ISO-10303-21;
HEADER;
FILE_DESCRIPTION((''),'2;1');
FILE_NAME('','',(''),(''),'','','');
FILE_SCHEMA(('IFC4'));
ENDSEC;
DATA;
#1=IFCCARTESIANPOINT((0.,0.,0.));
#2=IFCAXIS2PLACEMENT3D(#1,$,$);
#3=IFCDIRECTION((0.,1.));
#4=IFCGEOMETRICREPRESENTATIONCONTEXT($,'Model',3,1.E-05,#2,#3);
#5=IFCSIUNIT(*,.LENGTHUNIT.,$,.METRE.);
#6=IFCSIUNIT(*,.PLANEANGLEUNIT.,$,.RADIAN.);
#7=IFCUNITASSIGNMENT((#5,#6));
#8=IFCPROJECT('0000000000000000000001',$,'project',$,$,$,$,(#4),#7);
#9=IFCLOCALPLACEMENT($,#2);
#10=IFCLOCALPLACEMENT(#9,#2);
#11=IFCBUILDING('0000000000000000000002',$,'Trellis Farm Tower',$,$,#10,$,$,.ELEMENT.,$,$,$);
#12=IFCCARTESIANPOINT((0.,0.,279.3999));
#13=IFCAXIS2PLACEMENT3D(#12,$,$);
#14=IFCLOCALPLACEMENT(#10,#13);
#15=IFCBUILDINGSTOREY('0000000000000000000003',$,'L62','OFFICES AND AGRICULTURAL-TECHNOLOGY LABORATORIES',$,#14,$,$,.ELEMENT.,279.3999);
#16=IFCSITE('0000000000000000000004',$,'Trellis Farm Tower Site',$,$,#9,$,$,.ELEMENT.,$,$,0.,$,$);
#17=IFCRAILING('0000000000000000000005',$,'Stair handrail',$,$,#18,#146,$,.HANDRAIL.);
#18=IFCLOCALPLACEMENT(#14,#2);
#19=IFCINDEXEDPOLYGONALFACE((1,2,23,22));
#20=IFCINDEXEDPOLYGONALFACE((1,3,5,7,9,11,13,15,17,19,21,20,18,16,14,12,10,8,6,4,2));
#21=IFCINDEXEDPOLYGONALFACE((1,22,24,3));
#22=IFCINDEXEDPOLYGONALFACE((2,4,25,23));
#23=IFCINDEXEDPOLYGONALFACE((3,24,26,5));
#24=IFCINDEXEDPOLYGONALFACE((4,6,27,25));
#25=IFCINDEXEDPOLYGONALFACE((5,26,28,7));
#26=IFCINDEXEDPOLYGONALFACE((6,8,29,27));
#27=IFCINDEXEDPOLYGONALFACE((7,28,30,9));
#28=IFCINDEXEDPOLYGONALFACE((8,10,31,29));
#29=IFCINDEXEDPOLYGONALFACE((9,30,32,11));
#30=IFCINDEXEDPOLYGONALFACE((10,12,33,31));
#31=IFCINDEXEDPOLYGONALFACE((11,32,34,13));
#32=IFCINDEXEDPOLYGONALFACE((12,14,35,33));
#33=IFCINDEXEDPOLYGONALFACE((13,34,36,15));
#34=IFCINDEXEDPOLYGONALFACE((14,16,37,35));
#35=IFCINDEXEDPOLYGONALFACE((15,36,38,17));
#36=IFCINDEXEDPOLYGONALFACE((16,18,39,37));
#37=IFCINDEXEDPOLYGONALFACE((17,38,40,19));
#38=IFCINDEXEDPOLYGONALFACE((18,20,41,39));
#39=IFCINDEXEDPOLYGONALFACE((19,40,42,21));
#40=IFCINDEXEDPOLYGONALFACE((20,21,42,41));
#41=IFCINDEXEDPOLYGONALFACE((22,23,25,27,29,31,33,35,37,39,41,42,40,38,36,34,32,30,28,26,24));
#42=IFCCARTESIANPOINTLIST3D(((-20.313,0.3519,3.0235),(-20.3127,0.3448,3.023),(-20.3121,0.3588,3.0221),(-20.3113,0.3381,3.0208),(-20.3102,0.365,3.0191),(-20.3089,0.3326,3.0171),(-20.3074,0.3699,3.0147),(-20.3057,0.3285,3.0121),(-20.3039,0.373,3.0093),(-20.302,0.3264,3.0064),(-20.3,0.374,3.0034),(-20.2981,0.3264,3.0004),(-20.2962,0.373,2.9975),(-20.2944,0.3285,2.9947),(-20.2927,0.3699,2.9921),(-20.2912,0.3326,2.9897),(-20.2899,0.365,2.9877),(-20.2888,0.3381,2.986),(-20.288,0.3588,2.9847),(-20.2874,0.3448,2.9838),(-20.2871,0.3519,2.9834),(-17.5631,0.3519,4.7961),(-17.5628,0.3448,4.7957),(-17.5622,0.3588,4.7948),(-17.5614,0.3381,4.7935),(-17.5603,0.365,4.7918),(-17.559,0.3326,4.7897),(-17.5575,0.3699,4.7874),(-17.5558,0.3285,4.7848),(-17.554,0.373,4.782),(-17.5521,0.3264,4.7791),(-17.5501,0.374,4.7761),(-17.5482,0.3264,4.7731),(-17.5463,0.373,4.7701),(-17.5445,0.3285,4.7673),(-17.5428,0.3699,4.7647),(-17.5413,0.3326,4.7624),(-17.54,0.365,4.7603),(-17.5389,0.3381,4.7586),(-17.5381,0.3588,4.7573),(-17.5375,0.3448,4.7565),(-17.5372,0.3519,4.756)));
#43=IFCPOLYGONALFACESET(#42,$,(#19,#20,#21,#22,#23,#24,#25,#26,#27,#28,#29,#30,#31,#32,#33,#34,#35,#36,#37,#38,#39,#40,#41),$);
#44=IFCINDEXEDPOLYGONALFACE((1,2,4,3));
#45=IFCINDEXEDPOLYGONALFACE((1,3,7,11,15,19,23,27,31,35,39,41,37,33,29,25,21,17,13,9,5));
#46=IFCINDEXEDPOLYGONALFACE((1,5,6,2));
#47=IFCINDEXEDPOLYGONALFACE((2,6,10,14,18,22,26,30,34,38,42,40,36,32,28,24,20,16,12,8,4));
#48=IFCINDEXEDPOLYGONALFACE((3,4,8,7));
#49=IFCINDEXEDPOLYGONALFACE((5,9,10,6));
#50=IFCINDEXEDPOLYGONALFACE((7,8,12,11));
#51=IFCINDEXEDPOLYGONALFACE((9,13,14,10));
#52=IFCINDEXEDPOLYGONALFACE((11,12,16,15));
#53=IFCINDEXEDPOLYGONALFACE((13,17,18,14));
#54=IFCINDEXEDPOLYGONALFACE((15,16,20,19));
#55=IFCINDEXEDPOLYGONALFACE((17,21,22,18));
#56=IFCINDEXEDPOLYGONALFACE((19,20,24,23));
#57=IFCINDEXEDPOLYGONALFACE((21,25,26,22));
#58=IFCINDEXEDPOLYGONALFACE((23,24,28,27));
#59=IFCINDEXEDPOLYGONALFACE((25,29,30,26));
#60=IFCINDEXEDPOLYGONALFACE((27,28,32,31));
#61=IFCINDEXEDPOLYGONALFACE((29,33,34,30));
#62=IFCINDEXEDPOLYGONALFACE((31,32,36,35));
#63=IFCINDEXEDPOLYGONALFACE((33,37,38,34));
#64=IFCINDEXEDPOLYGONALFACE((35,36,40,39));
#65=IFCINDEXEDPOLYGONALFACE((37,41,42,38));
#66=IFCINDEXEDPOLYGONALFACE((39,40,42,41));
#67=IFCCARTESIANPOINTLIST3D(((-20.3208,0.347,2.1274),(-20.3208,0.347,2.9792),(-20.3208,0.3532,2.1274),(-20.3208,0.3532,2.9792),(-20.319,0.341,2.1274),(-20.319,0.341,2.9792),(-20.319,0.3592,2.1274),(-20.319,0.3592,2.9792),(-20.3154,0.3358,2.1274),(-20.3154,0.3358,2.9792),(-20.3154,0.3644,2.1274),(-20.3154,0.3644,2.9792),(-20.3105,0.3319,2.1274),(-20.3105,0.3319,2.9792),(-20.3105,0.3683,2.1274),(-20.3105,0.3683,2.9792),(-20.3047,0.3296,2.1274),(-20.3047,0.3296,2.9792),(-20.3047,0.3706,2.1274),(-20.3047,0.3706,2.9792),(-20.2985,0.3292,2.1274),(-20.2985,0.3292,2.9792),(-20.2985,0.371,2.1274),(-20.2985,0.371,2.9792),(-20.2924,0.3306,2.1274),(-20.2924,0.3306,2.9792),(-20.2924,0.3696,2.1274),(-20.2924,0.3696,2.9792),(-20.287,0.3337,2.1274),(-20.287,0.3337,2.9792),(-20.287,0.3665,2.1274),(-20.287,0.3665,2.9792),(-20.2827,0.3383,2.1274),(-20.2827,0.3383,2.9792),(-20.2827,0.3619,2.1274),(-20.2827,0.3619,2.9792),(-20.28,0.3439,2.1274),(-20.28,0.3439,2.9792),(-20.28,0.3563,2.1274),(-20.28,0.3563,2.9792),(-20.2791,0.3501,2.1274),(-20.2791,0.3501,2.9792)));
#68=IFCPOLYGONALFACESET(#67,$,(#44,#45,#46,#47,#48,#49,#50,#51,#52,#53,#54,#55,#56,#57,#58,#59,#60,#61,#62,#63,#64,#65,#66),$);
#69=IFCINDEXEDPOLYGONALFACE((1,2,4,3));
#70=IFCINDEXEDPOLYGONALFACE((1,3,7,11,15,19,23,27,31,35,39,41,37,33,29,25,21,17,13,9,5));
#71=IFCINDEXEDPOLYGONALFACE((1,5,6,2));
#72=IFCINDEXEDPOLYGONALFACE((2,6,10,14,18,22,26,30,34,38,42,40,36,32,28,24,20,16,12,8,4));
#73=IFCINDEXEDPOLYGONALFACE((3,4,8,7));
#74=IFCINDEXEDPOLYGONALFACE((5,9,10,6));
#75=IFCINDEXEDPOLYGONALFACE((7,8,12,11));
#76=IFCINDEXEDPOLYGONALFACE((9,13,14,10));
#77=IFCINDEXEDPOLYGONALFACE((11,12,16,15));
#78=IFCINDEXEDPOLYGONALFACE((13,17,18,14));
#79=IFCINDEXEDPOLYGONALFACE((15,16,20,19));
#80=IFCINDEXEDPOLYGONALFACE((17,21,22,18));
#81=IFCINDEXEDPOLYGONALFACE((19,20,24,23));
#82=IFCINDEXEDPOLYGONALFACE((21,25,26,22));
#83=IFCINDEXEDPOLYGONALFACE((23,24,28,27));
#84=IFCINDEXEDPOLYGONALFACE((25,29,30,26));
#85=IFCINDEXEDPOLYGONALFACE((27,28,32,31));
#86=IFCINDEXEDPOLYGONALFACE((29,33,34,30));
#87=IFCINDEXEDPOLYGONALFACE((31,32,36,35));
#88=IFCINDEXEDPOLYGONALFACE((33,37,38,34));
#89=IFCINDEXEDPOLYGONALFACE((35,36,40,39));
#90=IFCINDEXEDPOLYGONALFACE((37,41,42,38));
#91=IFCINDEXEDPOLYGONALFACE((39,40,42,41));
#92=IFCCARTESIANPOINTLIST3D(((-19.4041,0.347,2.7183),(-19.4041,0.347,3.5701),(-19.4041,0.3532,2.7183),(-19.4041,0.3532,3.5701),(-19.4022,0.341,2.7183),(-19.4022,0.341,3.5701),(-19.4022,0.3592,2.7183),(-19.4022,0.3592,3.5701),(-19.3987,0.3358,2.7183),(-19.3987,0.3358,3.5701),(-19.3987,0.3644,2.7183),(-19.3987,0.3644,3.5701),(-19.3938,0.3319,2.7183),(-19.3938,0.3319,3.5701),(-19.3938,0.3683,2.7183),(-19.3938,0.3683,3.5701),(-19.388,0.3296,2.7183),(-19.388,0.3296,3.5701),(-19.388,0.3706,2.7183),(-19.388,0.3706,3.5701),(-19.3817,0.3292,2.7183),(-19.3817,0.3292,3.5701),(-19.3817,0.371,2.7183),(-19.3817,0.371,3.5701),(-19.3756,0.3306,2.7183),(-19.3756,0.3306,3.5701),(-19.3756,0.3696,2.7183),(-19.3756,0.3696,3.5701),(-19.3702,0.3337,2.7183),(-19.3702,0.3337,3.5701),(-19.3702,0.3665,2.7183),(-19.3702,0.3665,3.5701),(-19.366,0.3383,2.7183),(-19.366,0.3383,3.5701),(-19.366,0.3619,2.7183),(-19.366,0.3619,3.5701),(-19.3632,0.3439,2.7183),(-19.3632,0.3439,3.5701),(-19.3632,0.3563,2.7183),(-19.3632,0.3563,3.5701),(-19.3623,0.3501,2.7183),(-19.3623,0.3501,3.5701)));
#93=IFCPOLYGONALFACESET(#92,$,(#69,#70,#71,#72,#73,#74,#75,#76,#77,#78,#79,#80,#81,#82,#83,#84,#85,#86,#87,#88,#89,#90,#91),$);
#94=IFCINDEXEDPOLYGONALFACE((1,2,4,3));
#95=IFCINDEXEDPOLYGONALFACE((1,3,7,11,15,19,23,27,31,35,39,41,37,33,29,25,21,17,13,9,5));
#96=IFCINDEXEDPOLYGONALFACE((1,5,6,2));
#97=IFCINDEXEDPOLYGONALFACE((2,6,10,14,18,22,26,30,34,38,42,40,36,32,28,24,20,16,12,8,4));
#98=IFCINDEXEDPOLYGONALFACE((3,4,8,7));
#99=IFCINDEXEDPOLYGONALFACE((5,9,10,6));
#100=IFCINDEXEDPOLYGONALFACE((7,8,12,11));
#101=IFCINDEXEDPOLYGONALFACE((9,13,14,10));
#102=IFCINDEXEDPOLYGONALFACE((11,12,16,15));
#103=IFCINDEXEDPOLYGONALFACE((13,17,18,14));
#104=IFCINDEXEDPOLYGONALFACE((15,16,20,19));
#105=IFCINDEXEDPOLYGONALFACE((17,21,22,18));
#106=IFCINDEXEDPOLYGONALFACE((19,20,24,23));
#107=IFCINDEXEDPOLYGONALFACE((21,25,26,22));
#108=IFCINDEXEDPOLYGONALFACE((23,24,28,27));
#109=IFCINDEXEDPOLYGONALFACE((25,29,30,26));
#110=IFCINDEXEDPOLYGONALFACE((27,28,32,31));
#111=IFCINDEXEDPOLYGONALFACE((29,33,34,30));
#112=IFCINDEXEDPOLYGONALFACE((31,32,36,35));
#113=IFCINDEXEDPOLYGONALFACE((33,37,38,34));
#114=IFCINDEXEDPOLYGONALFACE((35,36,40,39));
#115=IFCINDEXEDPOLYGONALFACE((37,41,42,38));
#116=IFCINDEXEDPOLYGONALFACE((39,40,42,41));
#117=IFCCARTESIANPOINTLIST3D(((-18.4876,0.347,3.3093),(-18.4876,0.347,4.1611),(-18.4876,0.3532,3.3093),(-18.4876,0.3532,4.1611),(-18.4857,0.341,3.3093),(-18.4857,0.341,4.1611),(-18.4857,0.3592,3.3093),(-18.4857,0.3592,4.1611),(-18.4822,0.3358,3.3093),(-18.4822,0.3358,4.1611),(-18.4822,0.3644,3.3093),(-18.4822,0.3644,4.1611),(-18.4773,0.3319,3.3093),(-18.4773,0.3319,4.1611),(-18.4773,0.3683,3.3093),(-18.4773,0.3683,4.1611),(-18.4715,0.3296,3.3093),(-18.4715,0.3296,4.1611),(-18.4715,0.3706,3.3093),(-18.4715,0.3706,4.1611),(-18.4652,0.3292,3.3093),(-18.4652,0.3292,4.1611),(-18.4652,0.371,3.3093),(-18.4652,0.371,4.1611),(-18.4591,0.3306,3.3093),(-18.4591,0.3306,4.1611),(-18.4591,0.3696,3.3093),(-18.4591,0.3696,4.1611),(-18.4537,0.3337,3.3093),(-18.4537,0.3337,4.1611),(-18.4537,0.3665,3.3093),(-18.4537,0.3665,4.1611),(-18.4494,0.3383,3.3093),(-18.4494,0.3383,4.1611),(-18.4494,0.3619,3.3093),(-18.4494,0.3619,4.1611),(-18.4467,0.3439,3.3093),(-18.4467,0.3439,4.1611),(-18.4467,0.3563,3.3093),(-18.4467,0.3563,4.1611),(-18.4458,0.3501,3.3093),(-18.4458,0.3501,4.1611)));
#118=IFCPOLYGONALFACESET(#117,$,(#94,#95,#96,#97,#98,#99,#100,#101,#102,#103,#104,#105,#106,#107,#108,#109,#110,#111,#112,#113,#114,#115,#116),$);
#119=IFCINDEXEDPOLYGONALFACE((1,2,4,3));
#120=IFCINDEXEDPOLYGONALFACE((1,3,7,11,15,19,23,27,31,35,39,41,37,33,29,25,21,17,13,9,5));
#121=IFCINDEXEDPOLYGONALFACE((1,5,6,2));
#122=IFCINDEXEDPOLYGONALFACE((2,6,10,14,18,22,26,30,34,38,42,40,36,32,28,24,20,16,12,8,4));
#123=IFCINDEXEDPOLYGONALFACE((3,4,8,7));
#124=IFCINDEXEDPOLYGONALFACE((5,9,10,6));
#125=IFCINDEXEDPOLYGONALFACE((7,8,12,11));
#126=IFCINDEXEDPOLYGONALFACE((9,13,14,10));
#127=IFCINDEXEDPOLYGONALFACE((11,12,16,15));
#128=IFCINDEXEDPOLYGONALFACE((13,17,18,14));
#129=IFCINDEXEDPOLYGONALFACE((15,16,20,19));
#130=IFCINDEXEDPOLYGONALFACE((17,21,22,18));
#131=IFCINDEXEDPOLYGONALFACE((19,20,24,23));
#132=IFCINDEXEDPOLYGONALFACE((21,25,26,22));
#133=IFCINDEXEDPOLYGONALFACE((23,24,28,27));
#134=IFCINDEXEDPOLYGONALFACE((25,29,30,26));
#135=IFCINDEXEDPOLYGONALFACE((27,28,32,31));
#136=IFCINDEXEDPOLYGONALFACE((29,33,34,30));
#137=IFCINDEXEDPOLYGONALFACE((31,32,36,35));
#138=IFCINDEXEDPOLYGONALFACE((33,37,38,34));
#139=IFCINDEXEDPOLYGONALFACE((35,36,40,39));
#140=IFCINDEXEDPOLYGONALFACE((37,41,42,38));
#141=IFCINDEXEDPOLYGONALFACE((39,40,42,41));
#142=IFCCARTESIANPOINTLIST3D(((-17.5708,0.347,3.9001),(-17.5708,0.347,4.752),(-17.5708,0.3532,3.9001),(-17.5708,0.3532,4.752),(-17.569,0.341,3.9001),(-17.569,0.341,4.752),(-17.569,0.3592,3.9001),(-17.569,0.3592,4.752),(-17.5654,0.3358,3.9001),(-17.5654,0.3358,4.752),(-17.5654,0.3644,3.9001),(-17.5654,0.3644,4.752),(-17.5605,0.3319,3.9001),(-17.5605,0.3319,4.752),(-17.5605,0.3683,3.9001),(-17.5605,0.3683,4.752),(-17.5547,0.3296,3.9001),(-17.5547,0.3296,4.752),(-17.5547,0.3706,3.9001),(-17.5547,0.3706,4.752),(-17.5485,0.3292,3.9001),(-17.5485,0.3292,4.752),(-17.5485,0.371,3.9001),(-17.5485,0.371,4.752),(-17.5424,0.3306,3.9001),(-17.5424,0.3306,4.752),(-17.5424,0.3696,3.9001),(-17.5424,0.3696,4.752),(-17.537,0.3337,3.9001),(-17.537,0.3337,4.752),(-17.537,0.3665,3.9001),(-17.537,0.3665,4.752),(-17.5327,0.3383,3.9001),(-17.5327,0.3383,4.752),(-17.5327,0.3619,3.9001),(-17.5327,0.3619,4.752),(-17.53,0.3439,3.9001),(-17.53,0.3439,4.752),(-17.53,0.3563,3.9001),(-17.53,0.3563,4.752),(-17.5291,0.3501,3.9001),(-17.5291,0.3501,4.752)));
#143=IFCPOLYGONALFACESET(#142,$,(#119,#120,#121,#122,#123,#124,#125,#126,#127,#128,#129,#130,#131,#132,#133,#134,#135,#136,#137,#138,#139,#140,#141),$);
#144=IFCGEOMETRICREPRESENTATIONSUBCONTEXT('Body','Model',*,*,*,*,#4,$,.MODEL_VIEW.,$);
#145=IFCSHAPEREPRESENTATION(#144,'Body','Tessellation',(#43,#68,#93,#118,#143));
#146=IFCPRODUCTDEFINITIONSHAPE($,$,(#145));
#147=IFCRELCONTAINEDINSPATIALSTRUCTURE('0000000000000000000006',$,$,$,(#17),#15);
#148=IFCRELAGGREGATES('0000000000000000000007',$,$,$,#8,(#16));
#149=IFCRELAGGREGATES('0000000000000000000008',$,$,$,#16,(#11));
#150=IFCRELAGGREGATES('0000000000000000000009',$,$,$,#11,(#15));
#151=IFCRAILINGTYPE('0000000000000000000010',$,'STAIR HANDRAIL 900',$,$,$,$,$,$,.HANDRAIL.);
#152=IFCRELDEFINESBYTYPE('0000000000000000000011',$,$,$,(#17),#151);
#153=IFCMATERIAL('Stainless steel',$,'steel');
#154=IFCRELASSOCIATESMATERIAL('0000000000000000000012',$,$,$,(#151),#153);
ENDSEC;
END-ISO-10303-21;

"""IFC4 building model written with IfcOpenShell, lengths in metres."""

from ifc_helpers import new_model, si_unit, direction, frame, origin, origin_2d, place, context, subcontext, project, spatial, circle, extrude, source, transform, mapped, material, type_object, element, save


model = new_model("IFC4")

# Units and contexts
model_context = context("Model", 3, precision=1e-05, world=origin(), true_north=direction((0.0, 1.0)))
body_context = subcontext(model_context, "Body", "Model", "MODEL_VIEW")
ifc_project = project(units=[si_unit("LENGTHUNIT", "METRE"), si_unit("PLANEANGLEUNIT", "RADIAN")], contexts=[model_context])

# Site, building, storey
site_placement = place(None, origin())
site = spatial("IfcSite", under=ifc_project, at=site_placement, Name="Trellis Farm Tower Site", CompositionType="ELEMENT", RefElevation=0.0)
building_placement = place(site_placement, origin())
building = spatial("IfcBuilding", under=site, at=building_placement, Name="Trellis Farm Tower", CompositionType="ELEMENT")
storey_placement = place(building_placement, frame((0.0, 0.0, 279.3999)))
storey = spatial("IfcBuildingStorey", under=building, at=storey_placement, Name="L62", Description="OFFICES AND AGRICULTURAL-TECHNOLOGY LABORATORIES", CompositionType="ELEMENT", Elevation=279.3999)

# Railing
ifc_material_1 = material(Name="Stainless steel", Category="steel")
railing_type_1 = type_object("IfcRailingType", Name="STAIR HANDRAIL 900", PredefinedType="HANDRAIL", material=ifc_material_1)
shared_shape_1 = source(origin(), body_context, "Body", "SweptSolid", [
    extrude(circle(Radius=0.0239, at=origin_2d()), frame((0.0, 0.0, 0.876), z_axis=(0.840504, 0.0, 0.541806), x_axis=(0.0, 1.0, 0.0)), (0.0, 0.0, 1.0), 3.2717),
    extrude(circle(Radius=0.021, at=origin_2d()), origin(), (0.0, 0.0, 1.0), 0.8518),
    extrude(circle(Radius=0.021, at=origin_2d()), frame((0.9167, 0.0, 0.5908)), (0.0, 0.0, 1.0), 0.8518),
    extrude(circle(Radius=0.021, at=origin_2d()), frame((1.8333, 0.0, 1.1819)), (0.0, 0.0, 1.0), 0.8518),
    extrude(circle(Radius=0.021, at=origin_2d()), frame((2.75, 0.0, 1.7727)), (0.0, 0.0, 1.0), 0.8518),
])
for number, where, name in (
    (1, (-20.3, 0.3501, 2.1274), "Stair handrail"),
):
    element("IfcRailing", number, at=place(storey_placement, frame(where)), inside=storey, type_object=railing_type_1, Name=name, PredefinedType="HANDRAIL", context=body_context, shape_type="MappedRepresentation", body=[
        mapped(shared_shape_1, transform((0.0, 0.0, 0.0))),
    ])

save(model, "model.ifc")
